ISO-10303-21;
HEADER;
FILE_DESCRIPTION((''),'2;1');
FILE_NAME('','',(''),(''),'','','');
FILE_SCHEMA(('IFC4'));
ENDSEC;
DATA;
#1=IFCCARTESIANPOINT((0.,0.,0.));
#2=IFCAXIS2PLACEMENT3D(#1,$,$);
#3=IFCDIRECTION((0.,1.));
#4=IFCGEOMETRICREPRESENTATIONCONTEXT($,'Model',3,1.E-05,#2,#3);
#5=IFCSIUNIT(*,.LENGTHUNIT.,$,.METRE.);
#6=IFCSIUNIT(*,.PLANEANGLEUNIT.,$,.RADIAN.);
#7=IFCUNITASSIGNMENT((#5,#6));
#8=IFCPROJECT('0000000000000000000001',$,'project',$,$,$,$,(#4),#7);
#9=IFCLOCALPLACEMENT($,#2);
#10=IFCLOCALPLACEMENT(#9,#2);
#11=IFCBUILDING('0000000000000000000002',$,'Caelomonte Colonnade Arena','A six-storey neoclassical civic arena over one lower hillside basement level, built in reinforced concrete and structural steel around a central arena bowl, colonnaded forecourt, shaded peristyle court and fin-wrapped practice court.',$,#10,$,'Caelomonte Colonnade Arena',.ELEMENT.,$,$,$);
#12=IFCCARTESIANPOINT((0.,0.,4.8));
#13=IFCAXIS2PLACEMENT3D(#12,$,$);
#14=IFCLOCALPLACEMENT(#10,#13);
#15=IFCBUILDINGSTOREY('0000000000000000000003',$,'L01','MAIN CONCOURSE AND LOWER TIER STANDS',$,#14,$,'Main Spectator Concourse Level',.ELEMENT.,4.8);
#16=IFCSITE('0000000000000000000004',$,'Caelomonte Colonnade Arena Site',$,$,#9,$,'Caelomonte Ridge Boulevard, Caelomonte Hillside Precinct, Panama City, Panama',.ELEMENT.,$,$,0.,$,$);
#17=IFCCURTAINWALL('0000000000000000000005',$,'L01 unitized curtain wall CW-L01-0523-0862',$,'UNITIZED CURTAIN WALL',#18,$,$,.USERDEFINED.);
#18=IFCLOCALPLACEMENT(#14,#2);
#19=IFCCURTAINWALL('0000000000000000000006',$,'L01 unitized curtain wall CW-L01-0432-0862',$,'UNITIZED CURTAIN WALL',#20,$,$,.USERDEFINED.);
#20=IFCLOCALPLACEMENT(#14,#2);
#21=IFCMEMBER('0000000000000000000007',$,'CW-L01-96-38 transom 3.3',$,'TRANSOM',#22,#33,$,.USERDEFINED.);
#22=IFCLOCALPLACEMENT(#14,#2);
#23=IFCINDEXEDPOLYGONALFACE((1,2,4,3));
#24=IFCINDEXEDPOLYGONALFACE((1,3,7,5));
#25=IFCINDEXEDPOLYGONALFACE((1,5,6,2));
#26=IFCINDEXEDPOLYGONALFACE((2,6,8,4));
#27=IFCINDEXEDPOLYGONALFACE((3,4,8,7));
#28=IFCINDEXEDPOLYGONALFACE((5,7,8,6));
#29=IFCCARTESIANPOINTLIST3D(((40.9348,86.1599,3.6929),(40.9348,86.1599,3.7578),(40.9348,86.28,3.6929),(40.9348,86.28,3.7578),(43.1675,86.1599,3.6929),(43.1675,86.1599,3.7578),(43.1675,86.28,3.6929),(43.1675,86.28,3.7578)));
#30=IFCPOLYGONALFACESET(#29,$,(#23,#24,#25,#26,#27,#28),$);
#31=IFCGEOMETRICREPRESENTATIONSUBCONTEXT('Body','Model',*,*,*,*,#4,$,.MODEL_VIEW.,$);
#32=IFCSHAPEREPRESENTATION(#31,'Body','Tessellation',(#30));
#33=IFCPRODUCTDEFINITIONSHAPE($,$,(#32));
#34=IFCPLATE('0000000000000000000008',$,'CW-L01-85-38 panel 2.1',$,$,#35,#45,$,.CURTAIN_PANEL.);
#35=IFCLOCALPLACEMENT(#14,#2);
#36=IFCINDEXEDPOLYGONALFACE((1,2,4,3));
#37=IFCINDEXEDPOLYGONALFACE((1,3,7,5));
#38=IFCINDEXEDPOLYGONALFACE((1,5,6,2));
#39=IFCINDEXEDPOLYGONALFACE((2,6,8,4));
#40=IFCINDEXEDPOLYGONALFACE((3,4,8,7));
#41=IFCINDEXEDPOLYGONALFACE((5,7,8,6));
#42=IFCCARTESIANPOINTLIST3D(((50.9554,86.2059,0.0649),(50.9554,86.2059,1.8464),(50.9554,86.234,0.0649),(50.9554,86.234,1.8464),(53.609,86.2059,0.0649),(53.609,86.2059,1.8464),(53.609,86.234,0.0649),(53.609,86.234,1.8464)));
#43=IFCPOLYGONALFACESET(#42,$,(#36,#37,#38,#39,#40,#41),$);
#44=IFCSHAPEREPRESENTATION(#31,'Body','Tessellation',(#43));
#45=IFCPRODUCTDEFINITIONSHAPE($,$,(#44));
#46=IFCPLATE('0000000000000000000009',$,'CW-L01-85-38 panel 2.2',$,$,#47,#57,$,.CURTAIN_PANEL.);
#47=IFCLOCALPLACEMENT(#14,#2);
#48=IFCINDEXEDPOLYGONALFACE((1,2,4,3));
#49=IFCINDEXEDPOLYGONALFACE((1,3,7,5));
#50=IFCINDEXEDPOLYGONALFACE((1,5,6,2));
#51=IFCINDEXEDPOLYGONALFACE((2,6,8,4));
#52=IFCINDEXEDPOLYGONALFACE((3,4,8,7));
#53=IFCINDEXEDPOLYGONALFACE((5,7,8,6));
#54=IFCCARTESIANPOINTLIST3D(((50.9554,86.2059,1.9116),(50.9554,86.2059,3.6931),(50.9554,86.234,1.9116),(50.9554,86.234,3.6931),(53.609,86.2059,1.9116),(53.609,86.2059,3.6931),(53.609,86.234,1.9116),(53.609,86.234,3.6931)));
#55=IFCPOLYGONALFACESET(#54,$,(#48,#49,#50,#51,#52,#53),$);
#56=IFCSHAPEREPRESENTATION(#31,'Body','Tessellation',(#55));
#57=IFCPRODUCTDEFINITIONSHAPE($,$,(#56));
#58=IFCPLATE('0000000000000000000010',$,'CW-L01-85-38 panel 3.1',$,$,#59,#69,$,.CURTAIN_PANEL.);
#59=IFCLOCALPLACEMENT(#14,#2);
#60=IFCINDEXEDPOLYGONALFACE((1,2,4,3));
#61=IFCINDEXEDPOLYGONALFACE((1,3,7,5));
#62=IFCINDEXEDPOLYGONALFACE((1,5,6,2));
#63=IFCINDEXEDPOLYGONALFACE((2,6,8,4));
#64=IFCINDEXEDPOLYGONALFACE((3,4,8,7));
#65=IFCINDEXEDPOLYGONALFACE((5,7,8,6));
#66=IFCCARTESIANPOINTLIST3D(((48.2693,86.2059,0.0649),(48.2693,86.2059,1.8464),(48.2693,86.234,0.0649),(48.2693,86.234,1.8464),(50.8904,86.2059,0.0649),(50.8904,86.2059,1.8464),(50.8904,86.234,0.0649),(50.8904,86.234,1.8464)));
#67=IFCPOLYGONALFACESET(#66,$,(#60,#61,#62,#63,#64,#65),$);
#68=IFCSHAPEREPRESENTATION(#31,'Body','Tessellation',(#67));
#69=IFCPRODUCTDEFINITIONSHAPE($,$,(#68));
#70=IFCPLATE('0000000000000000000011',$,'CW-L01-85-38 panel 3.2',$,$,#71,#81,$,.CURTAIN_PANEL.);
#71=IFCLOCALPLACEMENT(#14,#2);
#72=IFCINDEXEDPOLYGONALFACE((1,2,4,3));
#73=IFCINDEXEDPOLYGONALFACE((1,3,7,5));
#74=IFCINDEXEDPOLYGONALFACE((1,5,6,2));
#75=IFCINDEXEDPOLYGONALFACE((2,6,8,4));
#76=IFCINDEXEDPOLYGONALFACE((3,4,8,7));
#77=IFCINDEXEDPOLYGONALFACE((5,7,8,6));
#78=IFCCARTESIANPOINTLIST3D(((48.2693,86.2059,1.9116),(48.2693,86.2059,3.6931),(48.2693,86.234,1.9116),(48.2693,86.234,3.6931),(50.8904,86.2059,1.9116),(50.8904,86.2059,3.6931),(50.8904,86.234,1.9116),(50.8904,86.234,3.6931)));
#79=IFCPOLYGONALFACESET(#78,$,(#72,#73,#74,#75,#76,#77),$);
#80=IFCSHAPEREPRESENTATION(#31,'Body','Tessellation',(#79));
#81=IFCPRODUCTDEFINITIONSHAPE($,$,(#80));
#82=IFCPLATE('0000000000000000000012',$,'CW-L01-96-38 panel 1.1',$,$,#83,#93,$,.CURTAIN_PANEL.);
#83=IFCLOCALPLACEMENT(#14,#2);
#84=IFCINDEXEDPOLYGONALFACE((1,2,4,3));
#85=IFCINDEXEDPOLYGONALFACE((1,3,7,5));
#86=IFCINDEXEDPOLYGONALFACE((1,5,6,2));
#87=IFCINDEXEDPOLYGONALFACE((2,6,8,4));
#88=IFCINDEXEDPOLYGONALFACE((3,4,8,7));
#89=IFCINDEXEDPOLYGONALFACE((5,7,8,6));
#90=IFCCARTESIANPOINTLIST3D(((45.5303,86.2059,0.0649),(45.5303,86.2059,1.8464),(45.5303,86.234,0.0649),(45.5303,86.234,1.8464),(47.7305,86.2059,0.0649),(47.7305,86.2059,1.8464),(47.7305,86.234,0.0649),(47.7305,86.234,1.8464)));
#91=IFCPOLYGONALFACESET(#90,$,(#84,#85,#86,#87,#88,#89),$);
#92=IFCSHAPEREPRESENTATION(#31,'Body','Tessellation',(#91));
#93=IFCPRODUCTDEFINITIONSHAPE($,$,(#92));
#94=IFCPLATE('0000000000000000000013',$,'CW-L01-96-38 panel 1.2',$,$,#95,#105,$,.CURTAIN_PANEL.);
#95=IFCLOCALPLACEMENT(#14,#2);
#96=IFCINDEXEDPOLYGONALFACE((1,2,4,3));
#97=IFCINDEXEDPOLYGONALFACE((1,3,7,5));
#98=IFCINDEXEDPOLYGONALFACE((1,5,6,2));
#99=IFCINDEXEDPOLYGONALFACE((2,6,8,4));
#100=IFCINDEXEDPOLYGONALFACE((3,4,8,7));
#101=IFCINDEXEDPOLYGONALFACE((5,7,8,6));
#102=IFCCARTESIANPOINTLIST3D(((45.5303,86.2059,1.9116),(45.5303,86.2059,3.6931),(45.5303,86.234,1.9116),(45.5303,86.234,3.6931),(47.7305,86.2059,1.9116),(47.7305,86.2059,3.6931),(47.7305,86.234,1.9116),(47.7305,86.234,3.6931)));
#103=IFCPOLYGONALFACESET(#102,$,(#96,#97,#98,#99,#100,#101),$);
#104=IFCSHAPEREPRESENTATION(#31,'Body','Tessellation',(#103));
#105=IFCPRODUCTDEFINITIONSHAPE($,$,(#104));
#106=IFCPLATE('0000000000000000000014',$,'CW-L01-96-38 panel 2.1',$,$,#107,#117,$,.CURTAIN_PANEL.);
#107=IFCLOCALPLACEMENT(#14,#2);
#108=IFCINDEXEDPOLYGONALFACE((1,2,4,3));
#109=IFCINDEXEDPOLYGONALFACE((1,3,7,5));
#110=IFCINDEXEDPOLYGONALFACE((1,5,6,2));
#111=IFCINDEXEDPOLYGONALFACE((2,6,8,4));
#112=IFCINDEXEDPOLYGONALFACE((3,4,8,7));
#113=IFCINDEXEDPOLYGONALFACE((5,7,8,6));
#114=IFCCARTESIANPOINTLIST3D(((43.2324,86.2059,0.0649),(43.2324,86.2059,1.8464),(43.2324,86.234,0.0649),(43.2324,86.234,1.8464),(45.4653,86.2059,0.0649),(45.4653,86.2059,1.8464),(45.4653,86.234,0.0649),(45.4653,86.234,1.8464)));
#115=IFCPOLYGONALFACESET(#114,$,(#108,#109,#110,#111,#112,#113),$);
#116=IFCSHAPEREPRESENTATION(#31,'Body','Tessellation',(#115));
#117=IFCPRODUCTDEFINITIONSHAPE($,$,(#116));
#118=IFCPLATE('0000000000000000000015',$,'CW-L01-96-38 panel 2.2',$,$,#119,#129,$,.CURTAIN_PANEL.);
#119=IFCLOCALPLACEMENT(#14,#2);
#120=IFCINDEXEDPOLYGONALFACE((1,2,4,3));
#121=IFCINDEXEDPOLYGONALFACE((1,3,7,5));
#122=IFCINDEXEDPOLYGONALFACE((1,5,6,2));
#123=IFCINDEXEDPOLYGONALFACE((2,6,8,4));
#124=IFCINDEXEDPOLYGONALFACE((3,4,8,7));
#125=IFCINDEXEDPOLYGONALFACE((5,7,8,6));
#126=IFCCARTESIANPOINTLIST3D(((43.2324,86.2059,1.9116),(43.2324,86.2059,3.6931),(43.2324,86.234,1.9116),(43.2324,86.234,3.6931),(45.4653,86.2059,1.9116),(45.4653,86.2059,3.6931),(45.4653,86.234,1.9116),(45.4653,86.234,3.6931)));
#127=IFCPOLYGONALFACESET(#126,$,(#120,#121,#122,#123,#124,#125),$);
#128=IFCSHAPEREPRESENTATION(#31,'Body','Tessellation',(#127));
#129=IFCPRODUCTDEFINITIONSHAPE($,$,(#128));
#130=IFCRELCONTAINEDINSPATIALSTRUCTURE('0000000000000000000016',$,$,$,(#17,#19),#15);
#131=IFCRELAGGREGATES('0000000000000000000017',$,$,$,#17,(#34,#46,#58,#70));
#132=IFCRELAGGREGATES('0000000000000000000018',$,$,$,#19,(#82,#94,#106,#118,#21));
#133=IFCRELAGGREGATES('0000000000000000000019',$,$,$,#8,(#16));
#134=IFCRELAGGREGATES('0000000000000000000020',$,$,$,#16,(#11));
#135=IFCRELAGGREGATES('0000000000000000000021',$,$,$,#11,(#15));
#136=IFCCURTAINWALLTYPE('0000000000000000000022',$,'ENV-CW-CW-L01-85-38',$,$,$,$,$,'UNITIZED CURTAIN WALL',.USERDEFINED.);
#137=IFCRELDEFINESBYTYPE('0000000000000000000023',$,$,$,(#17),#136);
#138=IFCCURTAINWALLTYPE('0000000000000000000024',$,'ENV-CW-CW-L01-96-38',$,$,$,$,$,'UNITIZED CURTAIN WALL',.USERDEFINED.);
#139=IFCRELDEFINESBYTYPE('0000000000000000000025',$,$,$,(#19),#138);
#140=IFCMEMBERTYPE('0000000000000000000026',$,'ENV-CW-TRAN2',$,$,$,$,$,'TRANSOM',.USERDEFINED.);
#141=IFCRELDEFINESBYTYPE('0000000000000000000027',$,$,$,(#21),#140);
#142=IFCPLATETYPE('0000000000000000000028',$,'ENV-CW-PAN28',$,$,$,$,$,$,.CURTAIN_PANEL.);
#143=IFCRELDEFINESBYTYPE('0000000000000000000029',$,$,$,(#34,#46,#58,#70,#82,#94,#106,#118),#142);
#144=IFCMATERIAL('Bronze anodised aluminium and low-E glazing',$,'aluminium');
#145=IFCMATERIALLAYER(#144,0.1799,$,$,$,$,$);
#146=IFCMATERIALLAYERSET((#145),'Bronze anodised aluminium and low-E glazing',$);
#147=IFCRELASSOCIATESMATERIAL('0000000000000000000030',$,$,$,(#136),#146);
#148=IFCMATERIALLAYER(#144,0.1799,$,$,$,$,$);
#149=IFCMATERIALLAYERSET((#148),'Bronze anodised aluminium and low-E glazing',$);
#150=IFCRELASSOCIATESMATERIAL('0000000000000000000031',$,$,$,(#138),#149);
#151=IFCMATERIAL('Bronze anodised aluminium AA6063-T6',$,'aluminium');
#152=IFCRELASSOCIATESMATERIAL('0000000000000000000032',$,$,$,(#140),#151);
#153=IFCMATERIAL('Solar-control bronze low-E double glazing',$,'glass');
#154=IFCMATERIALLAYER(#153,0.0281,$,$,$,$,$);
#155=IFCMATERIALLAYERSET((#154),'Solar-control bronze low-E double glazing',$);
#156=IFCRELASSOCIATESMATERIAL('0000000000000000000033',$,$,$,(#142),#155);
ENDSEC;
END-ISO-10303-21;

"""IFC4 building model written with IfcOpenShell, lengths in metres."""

from ifc_helpers import new_model, si_unit, direction, frame, origin, origin_2d, place, context, subcontext, project, spatial, rectangle, extrude, material, layer, layer_set, material_profile, profile_set, type_object, element, aggregate, save


model = new_model("IFC4")

# Units and contexts
model_context = context("Model", 3, precision=1e-05, world=origin(), true_north=direction((0.0, 1.0)))
body_context = subcontext(model_context, "Body", "Model", "MODEL_VIEW")
ifc_project = project(units=[si_unit("LENGTHUNIT", "METRE"), si_unit("PLANEANGLEUNIT", "RADIAN")], contexts=[model_context])

# Site, building, storey
site_placement = place(None, origin())
site = spatial("IfcSite", under=ifc_project, at=site_placement, Name="Caelomonte Colonnade Arena Site", LongName="Caelomonte Ridge Boulevard, Caelomonte Hillside Precinct, Panama City, Panama", CompositionType="ELEMENT", RefElevation=0.0)
building_placement = place(site_placement, origin())
building = spatial("IfcBuilding", under=site, at=building_placement, Name="Caelomonte Colonnade Arena", Description="A six-storey neoclassical civic arena over one lower hillside basement level, built in reinforced concrete and structural steel around a central arena bowl, colonnaded forecourt, shaded peristyle court and fin-wrapped practice court.", LongName="Caelomonte Colonnade Arena", CompositionType="ELEMENT")
storey_placement = place(building_placement, frame((0.0, 0.0, 4.8)))
storey = spatial("IfcBuildingStorey", under=building, at=storey_placement, Name="L01", Description="MAIN CONCOURSE AND LOWER TIER STANDS", LongName="Main Spectator Concourse Level", CompositionType="ELEMENT", Elevation=4.8)

# Curtain walls
ifc_material_1 = material(Name="Bronze anodised aluminium and low-E glazing", Category="aluminium")
ifc_layer_1 = layer(ifc_material_1, 0.1799)
ifc_layer_set_1 = layer_set([ifc_layer_1], Name="Bronze anodised aluminium and low-E glazing")
curtain_wall_type_1 = type_object("IfcCurtainWallType", Name="ENV-CW-CW-L01-85-38", ElementType="UNITIZED CURTAIN WALL", PredefinedType="USERDEFINED", material=ifc_layer_set_1)
curtain_wall_1_placement = place(storey_placement, origin())
curtain_wall_1 = element("IfcCurtainWall", 1, at=curtain_wall_1_placement, inside=storey, type_object=curtain_wall_type_1, Name="L01 unitized curtain wall CW-L01-0523-0862", ObjectType="UNITIZED CURTAIN WALL", PredefinedType="USERDEFINED")
ifc_material_2 = material(Name="Bronze anodised aluminium AA6063-T6", Category="aluminium")
ifc_layer_2 = layer(ifc_material_1, 0.1799)
ifc_layer_set_2 = layer_set([ifc_layer_2], Name="Bronze anodised aluminium and low-E glazing")
curtain_wall_type_2 = type_object("IfcCurtainWallType", Name="ENV-CW-CW-L01-96-38", ElementType="UNITIZED CURTAIN WALL", PredefinedType="USERDEFINED", material=ifc_layer_set_2)
curtain_wall_2_placement = place(storey_placement, origin())
curtain_wall_2 = element("IfcCurtainWall", 2, at=curtain_wall_2_placement, inside=storey, type_object=curtain_wall_type_2, Name="L01 unitized curtain wall CW-L01-0432-0862", ObjectType="UNITIZED CURTAIN WALL", PredefinedType="USERDEFINED")

# Member
ifc_material_profile_1 = material_profile(ifc_material_2, rectangle(XDim=0.0649, YDim=0.1201, at=origin_2d()), Name="CWT-65X120")
ifc_profile_set_1 = profile_set([ifc_material_profile_1], Name="Bronze anodised aluminium AA6063-T6")
member_type_1 = type_object("IfcMemberType", Name="ENV-CW-TRAN2", ElementType="TRANSOM", PredefinedType="USERDEFINED", material=ifc_profile_set_1)
member_1_placement = place(storey_placement, frame((43.1675, 86.22, 3.7253), z_axis=(-1.0, 0.0, 0.0), x_axis=(0.0, 0.0, 1.0)))
member_1 = element("IfcMember", 3, at=member_1_placement, type_object=member_type_1, Name="CW-L01-96-38 transom 3.3", ObjectType="TRANSOM", PredefinedType="USERDEFINED", context=body_context, shape_type="SweptSolid", body=[
    extrude(rectangle(XDim=0.0649, YDim=0.1201, at=origin_2d()), origin(), (0.0, 0.0, 1.0), 2.2327),
])

# Plates
ifc_material_3 = material(Name="Solar-control bronze low-E double glazing", Category="glass")
ifc_layer_3 = layer(ifc_material_3, 0.0281)
ifc_layer_set_3 = layer_set([ifc_layer_3], Name="Solar-control bronze low-E double glazing")
plate_type = type_object("IfcPlateType", Name="ENV-CW-PAN28", PredefinedType="CURTAIN_PANEL", material=ifc_layer_set_3)
plate_1_placement = place(storey_placement, frame((52.2822, 86.22, 0.0649), z_axis=(0.0, 0.0, 1.0), x_axis=(-1.0, 0.0, 0.0)))
plate_1 = element("IfcPlate", 4, at=plate_1_placement, type_object=plate_type, Name="CW-L01-85-38 panel 2.1", PredefinedType="CURTAIN_PANEL", context=body_context, shape_type="SweptSolid", body=[
    extrude(rectangle(XDim=2.6536, YDim=0.0281, at=origin_2d()), origin(), (0.0, 0.0, 1.0), 1.7815),
])
plate_2_placement = place(storey_placement, frame((52.2822, 86.22, 1.9116), z_axis=(0.0, 0.0, 1.0), x_axis=(-1.0, 0.0, 0.0)))
plate_2 = element("IfcPlate", 5, at=plate_2_placement, type_object=plate_type, Name="CW-L01-85-38 panel 2.2", PredefinedType="CURTAIN_PANEL", context=body_context, shape_type="SweptSolid", body=[
    extrude(rectangle(XDim=2.6536, YDim=0.0281, at=origin_2d()), origin(), (0.0, 0.0, 1.0), 1.7815),
])
plate_3_placement = place(storey_placement, frame((49.5798, 86.22, 0.0649), z_axis=(0.0, 0.0, 1.0), x_axis=(-1.0, 0.0, 0.0)))
plate_3 = element("IfcPlate", 6, at=plate_3_placement, type_object=plate_type, Name="CW-L01-85-38 panel 3.1", PredefinedType="CURTAIN_PANEL", context=body_context, shape_type="SweptSolid", body=[
    extrude(rectangle(XDim=2.6211, YDim=0.0281, at=origin_2d()), origin(), (0.0, 0.0, 1.0), 1.7815),
])
plate_4_placement = place(storey_placement, frame((49.5798, 86.22, 1.9116), z_axis=(0.0, 0.0, 1.0), x_axis=(-1.0, 0.0, 0.0)))
plate_4 = element("IfcPlate", 7, at=plate_4_placement, type_object=plate_type, Name="CW-L01-85-38 panel 3.2", PredefinedType="CURTAIN_PANEL", context=body_context, shape_type="SweptSolid", body=[
    extrude(rectangle(XDim=2.6211, YDim=0.0281, at=origin_2d()), origin(), (0.0, 0.0, 1.0), 1.7815),
])
aggregate(curtain_wall_1, [plate_1, plate_2, plate_3, plate_4])
plate_5_placement = place(storey_placement, frame((46.6304, 86.22, 0.0649), z_axis=(0.0, 0.0, 1.0), x_axis=(-1.0, 0.0, 0.0)))
plate_5 = element("IfcPlate", 8, at=plate_5_placement, type_object=plate_type, Name="CW-L01-96-38 panel 1.1", PredefinedType="CURTAIN_PANEL", context=body_context, shape_type="SweptSolid", body=[
    extrude(rectangle(XDim=2.2002, YDim=0.0281, at=origin_2d()), origin(), (0.0, 0.0, 1.0), 1.7815),
])
plate_6_placement = place(storey_placement, frame((46.6304, 86.22, 1.9116), z_axis=(0.0, 0.0, 1.0), x_axis=(-1.0, 0.0, 0.0)))
plate_6 = element("IfcPlate", 9, at=plate_6_placement, type_object=plate_type, Name="CW-L01-96-38 panel 1.2", PredefinedType="CURTAIN_PANEL", context=body_context, shape_type="SweptSolid", body=[
    extrude(rectangle(XDim=2.2002, YDim=0.0281, at=origin_2d()), origin(), (0.0, 0.0, 1.0), 1.7815),
])
plate_7_placement = place(storey_placement, frame((44.3489, 86.22, 0.0649), z_axis=(0.0, 0.0, 1.0), x_axis=(-1.0, 0.0, 0.0)))
plate_7 = element("IfcPlate", 10, at=plate_7_placement, type_object=plate_type, Name="CW-L01-96-38 panel 2.1", PredefinedType="CURTAIN_PANEL", context=body_context, shape_type="SweptSolid", body=[
    extrude(rectangle(XDim=2.2329, YDim=0.0281, at=origin_2d()), origin(), (0.0, 0.0, 1.0), 1.7815),
])
plate_8_placement = place(storey_placement, frame((44.3489, 86.22, 1.9116), z_axis=(0.0, 0.0, 1.0), x_axis=(-1.0, 0.0, 0.0)))
plate_8 = element("IfcPlate", 11, at=plate_8_placement, type_object=plate_type, Name="CW-L01-96-38 panel 2.2", PredefinedType="CURTAIN_PANEL", context=body_context, shape_type="SweptSolid", body=[
    extrude(rectangle(XDim=2.2329, YDim=0.0281, at=origin_2d()), origin(), (0.0, 0.0, 1.0), 1.7815),
])
aggregate(curtain_wall_2, [plate_5, plate_6, plate_7, plate_8, member_1])

save(model, "model.ifc")
